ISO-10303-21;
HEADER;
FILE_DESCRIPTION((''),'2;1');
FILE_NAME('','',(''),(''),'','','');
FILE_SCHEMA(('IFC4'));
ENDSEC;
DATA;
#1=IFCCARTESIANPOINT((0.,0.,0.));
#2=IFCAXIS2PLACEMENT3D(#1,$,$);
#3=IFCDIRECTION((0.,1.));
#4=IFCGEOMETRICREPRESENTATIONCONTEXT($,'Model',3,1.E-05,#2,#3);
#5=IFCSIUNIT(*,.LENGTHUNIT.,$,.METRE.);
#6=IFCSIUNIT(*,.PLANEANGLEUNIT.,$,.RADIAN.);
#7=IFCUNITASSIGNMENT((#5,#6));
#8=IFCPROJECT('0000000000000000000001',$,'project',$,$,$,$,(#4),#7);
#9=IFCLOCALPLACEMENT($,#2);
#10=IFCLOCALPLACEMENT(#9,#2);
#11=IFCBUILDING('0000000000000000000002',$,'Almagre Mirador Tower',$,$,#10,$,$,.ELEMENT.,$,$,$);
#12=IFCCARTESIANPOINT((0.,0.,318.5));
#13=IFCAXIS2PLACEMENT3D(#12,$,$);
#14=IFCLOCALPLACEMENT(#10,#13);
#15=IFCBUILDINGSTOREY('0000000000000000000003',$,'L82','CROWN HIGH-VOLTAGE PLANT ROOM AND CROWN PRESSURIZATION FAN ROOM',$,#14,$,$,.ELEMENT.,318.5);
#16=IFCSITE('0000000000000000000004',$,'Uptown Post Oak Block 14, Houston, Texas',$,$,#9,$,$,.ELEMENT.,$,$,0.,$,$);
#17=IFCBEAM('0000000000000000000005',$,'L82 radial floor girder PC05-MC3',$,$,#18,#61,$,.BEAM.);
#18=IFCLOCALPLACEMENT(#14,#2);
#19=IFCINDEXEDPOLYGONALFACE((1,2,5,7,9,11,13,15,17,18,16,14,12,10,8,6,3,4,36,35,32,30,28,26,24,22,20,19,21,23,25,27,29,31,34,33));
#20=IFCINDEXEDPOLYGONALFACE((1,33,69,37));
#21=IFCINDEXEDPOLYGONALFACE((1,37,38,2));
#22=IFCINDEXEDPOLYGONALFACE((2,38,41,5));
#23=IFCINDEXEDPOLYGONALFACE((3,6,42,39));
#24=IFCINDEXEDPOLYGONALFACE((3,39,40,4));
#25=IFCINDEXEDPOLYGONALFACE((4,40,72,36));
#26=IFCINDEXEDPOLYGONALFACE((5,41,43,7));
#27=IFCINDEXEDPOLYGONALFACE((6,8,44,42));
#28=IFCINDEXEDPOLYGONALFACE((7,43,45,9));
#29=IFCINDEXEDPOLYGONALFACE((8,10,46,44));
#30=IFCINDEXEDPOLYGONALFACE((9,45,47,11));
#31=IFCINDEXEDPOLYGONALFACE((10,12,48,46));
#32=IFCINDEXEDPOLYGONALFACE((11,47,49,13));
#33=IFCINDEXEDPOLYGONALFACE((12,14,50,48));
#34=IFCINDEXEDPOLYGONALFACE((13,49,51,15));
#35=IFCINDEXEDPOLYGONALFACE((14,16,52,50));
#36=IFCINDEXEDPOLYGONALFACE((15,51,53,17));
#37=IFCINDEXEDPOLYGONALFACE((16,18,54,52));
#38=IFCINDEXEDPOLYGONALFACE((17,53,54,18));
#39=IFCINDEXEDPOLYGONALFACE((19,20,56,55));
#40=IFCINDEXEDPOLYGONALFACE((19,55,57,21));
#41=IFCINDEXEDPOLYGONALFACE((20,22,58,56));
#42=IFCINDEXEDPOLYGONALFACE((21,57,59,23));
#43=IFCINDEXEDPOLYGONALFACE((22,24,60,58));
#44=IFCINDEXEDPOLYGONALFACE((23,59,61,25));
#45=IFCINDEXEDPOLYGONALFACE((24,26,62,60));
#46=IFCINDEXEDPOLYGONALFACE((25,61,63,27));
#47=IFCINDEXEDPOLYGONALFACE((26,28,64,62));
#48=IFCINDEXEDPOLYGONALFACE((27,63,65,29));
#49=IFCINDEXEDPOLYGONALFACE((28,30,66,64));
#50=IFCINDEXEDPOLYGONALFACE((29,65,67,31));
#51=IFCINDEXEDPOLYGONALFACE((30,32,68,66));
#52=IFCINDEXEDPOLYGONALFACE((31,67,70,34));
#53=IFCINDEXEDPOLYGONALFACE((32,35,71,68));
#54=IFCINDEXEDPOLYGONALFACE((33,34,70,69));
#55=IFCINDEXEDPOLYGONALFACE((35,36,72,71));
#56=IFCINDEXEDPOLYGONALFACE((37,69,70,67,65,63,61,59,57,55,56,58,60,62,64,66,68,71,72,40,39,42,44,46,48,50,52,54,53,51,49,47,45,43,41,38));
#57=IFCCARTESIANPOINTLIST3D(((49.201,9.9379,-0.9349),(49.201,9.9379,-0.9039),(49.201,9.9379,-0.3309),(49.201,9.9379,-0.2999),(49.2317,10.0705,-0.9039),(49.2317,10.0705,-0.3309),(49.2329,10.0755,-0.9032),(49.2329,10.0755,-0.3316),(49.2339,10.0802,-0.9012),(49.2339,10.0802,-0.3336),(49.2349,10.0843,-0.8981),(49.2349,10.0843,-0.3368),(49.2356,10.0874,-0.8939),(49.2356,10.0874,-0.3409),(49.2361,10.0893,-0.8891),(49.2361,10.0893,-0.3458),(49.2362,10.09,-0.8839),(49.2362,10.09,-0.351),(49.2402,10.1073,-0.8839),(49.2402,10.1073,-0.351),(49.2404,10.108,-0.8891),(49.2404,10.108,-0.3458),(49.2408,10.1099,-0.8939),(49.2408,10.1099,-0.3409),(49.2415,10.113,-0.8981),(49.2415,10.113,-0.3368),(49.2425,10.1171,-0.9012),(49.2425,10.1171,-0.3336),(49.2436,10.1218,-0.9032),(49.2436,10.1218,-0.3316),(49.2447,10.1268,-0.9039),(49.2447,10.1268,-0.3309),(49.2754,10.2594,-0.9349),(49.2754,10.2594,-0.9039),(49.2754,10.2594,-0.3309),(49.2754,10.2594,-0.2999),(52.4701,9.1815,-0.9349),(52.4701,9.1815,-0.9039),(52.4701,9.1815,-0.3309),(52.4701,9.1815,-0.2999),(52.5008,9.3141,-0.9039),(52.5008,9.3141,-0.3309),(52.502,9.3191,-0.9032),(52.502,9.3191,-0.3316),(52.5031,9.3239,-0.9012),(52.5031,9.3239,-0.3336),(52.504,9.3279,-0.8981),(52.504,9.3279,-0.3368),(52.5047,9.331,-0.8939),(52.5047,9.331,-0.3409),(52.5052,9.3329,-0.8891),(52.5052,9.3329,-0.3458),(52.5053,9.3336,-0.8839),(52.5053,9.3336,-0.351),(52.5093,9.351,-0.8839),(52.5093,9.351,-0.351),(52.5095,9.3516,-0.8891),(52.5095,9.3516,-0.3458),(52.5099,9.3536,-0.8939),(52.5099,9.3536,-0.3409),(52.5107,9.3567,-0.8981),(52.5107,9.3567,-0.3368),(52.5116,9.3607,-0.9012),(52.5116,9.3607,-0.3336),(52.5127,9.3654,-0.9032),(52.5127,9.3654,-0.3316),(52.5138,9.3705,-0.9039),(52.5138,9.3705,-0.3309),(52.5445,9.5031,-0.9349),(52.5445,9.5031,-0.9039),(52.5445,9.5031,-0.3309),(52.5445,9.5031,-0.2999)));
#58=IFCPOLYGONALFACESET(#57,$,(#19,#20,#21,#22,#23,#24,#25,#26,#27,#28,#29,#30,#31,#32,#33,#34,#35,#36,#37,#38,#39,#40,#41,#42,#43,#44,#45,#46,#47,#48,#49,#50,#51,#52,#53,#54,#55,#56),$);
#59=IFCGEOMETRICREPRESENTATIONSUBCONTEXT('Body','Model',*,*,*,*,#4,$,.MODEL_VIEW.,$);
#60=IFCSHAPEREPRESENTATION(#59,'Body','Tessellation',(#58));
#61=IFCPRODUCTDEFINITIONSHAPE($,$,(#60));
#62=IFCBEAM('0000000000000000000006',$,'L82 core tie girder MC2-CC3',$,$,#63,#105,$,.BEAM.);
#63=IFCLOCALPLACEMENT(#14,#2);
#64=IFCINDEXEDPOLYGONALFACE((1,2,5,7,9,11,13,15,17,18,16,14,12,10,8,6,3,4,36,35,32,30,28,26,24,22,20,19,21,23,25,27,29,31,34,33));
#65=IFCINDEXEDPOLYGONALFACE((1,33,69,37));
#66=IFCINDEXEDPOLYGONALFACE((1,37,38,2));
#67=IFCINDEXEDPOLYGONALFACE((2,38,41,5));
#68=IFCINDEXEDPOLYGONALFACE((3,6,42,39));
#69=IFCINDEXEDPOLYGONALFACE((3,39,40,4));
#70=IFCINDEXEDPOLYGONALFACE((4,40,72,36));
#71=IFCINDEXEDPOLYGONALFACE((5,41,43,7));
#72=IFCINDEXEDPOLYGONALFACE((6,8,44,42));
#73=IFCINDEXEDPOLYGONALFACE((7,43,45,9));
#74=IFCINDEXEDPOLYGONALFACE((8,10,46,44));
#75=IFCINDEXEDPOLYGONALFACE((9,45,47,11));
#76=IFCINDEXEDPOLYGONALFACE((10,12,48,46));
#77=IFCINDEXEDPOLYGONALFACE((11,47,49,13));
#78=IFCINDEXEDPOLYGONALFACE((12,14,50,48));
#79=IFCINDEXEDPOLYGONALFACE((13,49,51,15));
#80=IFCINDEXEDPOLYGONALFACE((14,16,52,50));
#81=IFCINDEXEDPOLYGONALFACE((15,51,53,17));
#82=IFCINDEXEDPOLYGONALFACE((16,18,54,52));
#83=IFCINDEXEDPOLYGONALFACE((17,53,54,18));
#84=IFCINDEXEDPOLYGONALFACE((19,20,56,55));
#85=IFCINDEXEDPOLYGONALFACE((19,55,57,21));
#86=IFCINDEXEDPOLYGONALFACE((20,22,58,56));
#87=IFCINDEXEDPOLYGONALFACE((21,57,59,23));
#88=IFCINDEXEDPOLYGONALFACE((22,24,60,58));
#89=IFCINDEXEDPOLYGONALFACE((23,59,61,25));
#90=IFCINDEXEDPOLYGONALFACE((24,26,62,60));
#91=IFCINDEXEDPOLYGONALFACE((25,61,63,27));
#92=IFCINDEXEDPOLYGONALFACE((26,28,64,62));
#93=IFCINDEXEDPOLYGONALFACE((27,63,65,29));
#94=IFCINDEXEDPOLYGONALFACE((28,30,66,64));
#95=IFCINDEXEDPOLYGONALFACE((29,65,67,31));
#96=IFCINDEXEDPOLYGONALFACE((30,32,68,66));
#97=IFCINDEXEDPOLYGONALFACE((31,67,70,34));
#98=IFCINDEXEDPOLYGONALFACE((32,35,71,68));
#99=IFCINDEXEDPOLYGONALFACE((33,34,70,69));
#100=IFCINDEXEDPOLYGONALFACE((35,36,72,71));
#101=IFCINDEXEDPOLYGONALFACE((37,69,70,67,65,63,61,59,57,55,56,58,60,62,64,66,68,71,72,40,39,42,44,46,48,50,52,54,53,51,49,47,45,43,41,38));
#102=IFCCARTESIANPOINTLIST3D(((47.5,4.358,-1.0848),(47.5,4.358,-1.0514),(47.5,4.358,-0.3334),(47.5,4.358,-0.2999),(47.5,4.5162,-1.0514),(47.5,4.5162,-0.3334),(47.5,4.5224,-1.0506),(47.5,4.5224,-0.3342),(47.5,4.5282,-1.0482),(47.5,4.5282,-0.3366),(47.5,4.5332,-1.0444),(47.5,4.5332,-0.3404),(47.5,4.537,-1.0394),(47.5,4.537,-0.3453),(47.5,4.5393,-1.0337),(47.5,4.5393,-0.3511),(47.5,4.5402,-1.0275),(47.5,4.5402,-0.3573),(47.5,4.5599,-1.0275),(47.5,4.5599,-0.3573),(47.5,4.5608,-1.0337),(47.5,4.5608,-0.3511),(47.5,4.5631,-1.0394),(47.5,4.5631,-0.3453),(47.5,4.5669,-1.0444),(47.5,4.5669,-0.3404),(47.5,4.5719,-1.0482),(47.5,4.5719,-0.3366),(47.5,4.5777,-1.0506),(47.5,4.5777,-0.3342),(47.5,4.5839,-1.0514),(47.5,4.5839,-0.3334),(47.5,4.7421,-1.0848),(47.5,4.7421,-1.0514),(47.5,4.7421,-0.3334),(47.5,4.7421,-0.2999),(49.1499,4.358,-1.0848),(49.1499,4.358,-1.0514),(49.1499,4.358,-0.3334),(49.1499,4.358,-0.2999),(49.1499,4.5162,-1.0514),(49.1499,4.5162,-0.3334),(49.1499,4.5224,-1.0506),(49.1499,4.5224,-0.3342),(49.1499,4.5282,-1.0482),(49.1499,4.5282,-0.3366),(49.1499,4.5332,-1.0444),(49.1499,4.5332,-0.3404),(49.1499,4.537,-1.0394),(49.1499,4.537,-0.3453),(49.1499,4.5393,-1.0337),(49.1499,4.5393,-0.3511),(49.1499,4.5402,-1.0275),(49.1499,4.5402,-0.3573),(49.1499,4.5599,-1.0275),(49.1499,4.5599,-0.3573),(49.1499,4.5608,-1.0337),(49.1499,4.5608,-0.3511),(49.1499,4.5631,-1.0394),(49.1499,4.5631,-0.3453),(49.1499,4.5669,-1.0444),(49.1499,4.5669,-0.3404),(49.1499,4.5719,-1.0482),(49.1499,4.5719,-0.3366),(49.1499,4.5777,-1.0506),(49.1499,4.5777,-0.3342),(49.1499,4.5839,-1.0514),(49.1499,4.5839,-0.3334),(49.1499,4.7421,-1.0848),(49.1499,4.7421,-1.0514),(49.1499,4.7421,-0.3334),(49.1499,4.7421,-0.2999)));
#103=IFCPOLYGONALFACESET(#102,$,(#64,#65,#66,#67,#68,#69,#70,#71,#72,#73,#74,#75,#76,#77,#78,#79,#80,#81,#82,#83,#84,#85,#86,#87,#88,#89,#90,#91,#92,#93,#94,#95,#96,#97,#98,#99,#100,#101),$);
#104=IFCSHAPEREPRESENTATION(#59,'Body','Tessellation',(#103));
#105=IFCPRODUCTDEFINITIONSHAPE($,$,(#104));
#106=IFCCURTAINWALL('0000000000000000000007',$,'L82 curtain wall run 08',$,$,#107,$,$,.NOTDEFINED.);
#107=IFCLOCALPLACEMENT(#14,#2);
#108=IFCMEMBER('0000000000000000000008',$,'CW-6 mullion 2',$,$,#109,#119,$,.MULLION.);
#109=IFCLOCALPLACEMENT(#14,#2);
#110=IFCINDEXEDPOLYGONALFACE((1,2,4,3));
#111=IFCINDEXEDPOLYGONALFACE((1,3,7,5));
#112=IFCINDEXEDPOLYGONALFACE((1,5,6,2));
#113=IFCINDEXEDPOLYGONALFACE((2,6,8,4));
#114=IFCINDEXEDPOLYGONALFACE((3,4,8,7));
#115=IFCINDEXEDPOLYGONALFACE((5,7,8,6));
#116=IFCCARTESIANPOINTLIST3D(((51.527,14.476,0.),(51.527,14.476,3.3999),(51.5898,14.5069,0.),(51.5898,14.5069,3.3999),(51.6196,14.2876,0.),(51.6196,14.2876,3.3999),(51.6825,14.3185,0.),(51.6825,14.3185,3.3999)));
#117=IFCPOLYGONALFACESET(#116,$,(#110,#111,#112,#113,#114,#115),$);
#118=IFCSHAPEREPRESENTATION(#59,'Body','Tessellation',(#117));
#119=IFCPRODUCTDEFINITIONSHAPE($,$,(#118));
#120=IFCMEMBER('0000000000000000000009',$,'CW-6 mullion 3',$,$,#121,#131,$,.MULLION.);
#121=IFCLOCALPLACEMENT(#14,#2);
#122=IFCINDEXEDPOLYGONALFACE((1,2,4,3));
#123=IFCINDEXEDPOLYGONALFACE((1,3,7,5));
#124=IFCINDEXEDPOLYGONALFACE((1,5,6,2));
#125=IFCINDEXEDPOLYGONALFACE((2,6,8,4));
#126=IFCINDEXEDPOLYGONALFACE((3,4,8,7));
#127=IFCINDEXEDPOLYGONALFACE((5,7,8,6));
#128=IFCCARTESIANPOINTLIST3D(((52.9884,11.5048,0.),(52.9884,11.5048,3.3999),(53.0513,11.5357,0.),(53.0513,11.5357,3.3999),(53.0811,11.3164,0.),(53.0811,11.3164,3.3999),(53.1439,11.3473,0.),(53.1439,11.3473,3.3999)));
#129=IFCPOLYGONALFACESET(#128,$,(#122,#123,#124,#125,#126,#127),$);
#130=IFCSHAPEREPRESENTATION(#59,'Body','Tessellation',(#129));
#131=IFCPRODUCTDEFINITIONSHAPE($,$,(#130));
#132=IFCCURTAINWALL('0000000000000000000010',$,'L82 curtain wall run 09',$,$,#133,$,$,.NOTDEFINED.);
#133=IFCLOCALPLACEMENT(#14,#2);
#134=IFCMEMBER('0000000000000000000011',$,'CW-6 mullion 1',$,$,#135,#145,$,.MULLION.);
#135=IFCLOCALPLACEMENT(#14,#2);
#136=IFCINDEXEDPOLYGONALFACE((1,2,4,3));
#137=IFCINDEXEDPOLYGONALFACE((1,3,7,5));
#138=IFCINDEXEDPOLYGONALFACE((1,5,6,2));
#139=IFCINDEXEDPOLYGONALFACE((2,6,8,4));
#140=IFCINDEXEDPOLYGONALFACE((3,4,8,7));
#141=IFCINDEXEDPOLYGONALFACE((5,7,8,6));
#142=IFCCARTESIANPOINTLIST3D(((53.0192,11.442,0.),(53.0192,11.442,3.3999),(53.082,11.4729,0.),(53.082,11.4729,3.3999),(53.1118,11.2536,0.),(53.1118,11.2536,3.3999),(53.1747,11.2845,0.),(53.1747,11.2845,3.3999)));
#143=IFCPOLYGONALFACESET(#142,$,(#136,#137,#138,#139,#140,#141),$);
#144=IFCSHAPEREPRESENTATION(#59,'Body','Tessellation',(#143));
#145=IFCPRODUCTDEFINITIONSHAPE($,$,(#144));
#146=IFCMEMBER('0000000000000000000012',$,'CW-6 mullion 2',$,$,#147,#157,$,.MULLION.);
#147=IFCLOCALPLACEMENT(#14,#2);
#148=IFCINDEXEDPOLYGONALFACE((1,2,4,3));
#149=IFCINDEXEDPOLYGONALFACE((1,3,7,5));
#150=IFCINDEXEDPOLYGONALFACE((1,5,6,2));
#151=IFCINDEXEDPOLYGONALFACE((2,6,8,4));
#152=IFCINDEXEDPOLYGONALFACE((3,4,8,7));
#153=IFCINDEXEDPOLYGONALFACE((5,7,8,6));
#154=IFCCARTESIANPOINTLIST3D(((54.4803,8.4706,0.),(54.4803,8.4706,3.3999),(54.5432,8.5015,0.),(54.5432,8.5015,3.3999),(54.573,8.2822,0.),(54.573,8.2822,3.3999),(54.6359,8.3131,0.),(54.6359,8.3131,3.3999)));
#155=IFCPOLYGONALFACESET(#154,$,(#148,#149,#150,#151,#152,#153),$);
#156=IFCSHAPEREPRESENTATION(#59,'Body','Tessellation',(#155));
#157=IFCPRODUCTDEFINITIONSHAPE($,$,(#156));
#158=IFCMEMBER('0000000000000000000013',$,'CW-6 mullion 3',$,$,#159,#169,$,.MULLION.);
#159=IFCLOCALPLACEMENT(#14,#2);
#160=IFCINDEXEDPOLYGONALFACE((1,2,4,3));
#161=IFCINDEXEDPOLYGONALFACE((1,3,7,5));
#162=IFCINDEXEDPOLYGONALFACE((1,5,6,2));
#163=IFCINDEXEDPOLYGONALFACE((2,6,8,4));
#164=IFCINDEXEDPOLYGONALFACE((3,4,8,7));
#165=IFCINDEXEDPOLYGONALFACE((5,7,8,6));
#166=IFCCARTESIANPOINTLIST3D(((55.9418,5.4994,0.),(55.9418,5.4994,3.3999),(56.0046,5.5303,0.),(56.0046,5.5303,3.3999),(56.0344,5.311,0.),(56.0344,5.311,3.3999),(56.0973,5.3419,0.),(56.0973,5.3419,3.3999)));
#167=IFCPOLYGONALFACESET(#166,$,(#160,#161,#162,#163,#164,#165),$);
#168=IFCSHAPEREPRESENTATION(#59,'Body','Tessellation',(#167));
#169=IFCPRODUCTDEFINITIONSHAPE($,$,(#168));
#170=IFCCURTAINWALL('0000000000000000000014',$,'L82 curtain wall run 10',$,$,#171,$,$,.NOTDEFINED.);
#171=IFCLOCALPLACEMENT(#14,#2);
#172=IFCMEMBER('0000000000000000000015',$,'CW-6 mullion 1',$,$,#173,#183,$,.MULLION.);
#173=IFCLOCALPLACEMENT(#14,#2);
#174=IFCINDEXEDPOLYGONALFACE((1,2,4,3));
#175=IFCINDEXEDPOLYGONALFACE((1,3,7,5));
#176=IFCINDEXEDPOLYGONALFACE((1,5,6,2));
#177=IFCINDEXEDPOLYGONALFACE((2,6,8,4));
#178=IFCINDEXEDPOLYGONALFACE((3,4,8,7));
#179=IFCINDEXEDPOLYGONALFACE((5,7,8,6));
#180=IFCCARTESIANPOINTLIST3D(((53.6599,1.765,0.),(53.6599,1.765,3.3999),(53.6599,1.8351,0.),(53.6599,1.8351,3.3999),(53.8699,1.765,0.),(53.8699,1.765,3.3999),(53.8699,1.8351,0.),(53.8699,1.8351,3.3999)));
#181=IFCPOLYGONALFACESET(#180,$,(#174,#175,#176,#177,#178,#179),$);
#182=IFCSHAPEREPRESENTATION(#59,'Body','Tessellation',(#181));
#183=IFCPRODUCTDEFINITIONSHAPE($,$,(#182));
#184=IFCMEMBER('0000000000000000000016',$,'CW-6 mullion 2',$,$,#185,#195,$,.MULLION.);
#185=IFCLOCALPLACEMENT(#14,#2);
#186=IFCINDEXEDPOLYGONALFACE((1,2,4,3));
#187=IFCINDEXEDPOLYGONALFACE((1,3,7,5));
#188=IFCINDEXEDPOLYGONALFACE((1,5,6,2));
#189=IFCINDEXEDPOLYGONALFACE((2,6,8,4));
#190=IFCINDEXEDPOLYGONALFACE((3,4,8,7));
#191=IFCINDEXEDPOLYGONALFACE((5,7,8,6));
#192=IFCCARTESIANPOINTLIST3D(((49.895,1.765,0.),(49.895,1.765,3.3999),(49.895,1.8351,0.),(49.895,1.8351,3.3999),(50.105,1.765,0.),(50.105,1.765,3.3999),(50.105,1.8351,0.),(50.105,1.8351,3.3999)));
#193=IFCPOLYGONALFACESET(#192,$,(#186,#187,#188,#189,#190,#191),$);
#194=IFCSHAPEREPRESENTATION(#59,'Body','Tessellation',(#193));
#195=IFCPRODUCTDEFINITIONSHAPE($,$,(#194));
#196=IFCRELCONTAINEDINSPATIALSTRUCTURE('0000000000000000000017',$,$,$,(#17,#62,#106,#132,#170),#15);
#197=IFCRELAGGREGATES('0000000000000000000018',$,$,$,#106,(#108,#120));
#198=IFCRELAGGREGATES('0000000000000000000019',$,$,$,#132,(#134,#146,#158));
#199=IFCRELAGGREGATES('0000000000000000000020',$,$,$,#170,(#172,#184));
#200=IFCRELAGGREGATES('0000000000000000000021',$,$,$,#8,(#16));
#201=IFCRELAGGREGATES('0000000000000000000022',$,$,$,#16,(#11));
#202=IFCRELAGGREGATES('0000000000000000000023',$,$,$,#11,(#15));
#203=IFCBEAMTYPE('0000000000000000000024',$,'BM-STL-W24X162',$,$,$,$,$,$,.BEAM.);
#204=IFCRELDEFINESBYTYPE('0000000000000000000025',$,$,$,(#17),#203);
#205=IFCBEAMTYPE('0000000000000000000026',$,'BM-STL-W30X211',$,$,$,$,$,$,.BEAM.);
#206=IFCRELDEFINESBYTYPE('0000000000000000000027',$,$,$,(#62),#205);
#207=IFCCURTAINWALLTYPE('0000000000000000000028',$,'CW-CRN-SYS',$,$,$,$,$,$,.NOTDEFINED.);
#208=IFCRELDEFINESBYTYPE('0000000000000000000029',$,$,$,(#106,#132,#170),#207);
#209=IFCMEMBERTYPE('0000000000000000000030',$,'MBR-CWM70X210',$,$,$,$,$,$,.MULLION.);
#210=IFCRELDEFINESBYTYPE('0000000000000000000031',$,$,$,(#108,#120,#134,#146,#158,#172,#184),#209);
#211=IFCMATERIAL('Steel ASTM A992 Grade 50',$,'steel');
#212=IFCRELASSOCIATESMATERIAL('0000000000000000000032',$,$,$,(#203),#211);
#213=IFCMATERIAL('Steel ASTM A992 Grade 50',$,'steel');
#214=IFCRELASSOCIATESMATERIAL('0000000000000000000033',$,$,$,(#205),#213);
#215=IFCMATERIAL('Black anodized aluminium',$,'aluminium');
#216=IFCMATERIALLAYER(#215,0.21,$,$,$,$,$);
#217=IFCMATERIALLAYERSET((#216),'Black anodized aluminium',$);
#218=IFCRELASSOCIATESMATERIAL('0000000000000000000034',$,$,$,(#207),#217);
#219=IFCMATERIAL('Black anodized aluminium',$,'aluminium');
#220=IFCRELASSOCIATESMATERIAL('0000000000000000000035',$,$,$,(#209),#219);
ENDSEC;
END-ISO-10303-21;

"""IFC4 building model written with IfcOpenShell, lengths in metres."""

from ifc_helpers import new_model, si_unit, direction, frame, origin, origin_2d, place, context, subcontext, project, spatial, rectangle, i_section, extrude, material, layer, layer_set, material_profile, profile_set, type_object, element, aggregate, save


model = new_model("IFC4")

# Units and contexts
model_context = context("Model", 3, precision=1e-05, world=origin(), true_north=direction((0.0, 1.0)))
body_context = subcontext(model_context, "Body", "Model", "MODEL_VIEW")
ifc_project = project(units=[si_unit("LENGTHUNIT", "METRE"), si_unit("PLANEANGLEUNIT", "RADIAN")], contexts=[model_context])

# Site, building, storey
site_placement = place(None, origin())
site = spatial("IfcSite", under=ifc_project, at=site_placement, Name="Uptown Post Oak Block 14, Houston, Texas", CompositionType="ELEMENT", RefElevation=0.0)
building_placement = place(site_placement, origin())
building = spatial("IfcBuilding", under=site, at=building_placement, Name="Almagre Mirador Tower", CompositionType="ELEMENT")
storey_placement = place(building_placement, frame((0.0, 0.0, 318.5)))
storey = spatial("IfcBuildingStorey", under=building, at=storey_placement, Name="L82", Description="CROWN HIGH-VOLTAGE PLANT ROOM AND CROWN PRESSURIZATION FAN ROOM", CompositionType="ELEMENT", Elevation=318.5)

# Beams
ifc_material_1 = material(Name="Steel ASTM A992 Grade 50", Category="steel")
ifc_material_profile_1 = material_profile(ifc_material_1, i_section(OverallWidth=0.3301, OverallDepth=0.635, WebThickness=0.0178, FlangeThickness=0.031, FilletRadius=0.02, at=origin_2d()), Name="W24X162")
ifc_profile_set_1 = profile_set([ifc_material_profile_1], Name="Steel ASTM A992 Grade 50")
beam_type_1 = type_object("IfcBeamType", Name="BM-STL-W24X162", PredefinedType="BEAM", material=ifc_profile_set_1)
beam_1_placement = place(storey_placement, frame((52.5073, 9.3423, -0.6174), z_axis=(-0.974264, 0.225412, 0.0), x_axis=(-0.225412, -0.974264, 0.0)))
element("IfcBeam", 1, at=beam_1_placement, inside=storey, type_object=beam_type_1, Name="L82 radial floor girder PC05-MC3", PredefinedType="BEAM", context=body_context, shape_type="SweptSolid", body=[
    extrude(i_section(OverallWidth=0.3301, OverallDepth=0.635, WebThickness=0.0178, FlangeThickness=0.031, FilletRadius=0.02, at=origin_2d()), origin(), (0.0, 0.0, 1.0), 3.3555),
])
ifc_material_2 = material(Name="Steel ASTM A992 Grade 50", Category="steel")
ifc_material_profile_2 = material_profile(ifc_material_2, i_section(OverallWidth=0.384, OverallDepth=0.7849, WebThickness=0.0198, FlangeThickness=0.0334, FilletRadius=0.0239, at=origin_2d()), Name="W30X211")
ifc_profile_set_2 = profile_set([ifc_material_profile_2], Name="Steel ASTM A992 Grade 50")
beam_type_2 = type_object("IfcBeamType", Name="BM-STL-W30X211", PredefinedType="BEAM", material=ifc_profile_set_2)
beam_2_placement = place(storey_placement, frame((49.1499, 4.55, -0.6924), z_axis=(-1.0, 0.0, 0.0), x_axis=(0.0, -1.0, 0.0)))
element("IfcBeam", 2, at=beam_2_placement, inside=storey, type_object=beam_type_2, Name="L82 core tie girder MC2-CC3", PredefinedType="BEAM", context=body_context, shape_type="SweptSolid", body=[
    extrude(i_section(OverallWidth=0.384, OverallDepth=0.7849, WebThickness=0.0198, FlangeThickness=0.0334, FilletRadius=0.0239, at=origin_2d()), origin(), (0.0, 0.0, 1.0), 1.6499),
])

# Curtain walls, members
ifc_material_3 = material(Name="Black anodized aluminium", Category="aluminium")
ifc_layer_1 = layer(ifc_material_3, 0.21)
ifc_layer_set_1 = layer_set([ifc_layer_1], Name="Black anodized aluminium")
curtain_wall_type = type_object("IfcCurtainWallType", Name="CW-CRN-SYS", PredefinedType="NOTDEFINED", material=ifc_layer_set_1)
curtain_wall_1_placement = place(storey_placement, origin())
curtain_wall_1 = element("IfcCurtainWall", 3, at=curtain_wall_1_placement, inside=storey, type_object=curtain_wall_type, Name="L82 curtain wall run 08", PredefinedType="NOTDEFINED")
ifc_material_4 = material(Name="Black anodized aluminium", Category="aluminium")
ifc_material_profile_3 = material_profile(ifc_material_4, rectangle(XDim=0.0701, YDim=0.21, at=origin_2d()), Name="CWM70X210")
ifc_profile_set_3 = profile_set([ifc_material_profile_3], Name="Black anodized aluminium")
member_type_1 = type_object("IfcMemberType", Name="MBR-CWM70X210", PredefinedType="MULLION", material=ifc_profile_set_3)
member_1_placement = place(storey_placement, frame((51.6047, 14.3972, 0.0), z_axis=(0.0, 0.0, 1.0), x_axis=(0.897354, 0.441311, 0.0)))
member_1 = element("IfcMember", 4, at=member_1_placement, type_object=member_type_1, Name="CW-6 mullion 2", PredefinedType="MULLION", context=body_context, shape_type="SweptSolid", body=[
    extrude(rectangle(XDim=0.0701, YDim=0.21, at=origin_2d()), origin(), (0.0, 0.0, 1.0), 3.3999),
])
member_2_placement = place(storey_placement, frame((53.0662, 11.426, 0.0), z_axis=(0.0, 0.0, 1.0), x_axis=(0.897354, 0.441311, 0.0)))
member_2 = element("IfcMember", 5, at=member_2_placement, type_object=member_type_1, Name="CW-6 mullion 3", PredefinedType="MULLION", context=body_context, shape_type="SweptSolid", body=[
    extrude(rectangle(XDim=0.0701, YDim=0.21, at=origin_2d()), origin(), (0.0, 0.0, 1.0), 3.3999),
])
curtain_wall_2_placement = place(storey_placement, origin())
curtain_wall_2 = element("IfcCurtainWall", 6, at=curtain_wall_2_placement, inside=storey, type_object=curtain_wall_type, Name="L82 curtain wall run 09", PredefinedType="NOTDEFINED")
member_3_placement = place(storey_placement, frame((53.0969, 11.3633, 0.0), z_axis=(0.0, 0.0, 1.0), x_axis=(0.897354, 0.441311, 0.0)))
member_3 = element("IfcMember", 7, at=member_3_placement, type_object=member_type_1, Name="CW-6 mullion 1", PredefinedType="MULLION", context=body_context, shape_type="SweptSolid", body=[
    extrude(rectangle(XDim=0.0701, YDim=0.21, at=origin_2d()), origin(), (0.0, 0.0, 1.0), 3.3999),
])
member_4_placement = place(storey_placement, frame((54.5581, 8.3918, 0.0), z_axis=(0.0, 0.0, 1.0), x_axis=(0.897354, 0.441311, 0.0)))
member_4 = element("IfcMember", 8, at=member_4_placement, type_object=member_type_1, Name="CW-6 mullion 2", PredefinedType="MULLION", context=body_context, shape_type="SweptSolid", body=[
    extrude(rectangle(XDim=0.0701, YDim=0.21, at=origin_2d()), origin(), (0.0, 0.0, 1.0), 3.3999),
])
member_5_placement = place(storey_placement, frame((56.0195, 5.4207, 0.0), z_axis=(0.0, 0.0, 1.0), x_axis=(0.897354, 0.441311, 0.0)))
member_5 = element("IfcMember", 9, at=member_5_placement, type_object=member_type_1, Name="CW-6 mullion 3", PredefinedType="MULLION", context=body_context, shape_type="SweptSolid", body=[
    extrude(rectangle(XDim=0.0701, YDim=0.21, at=origin_2d()), origin(), (0.0, 0.0, 1.0), 3.3999),
])
curtain_wall_3_placement = place(storey_placement, origin())
curtain_wall_3 = element("IfcCurtainWall", 10, at=curtain_wall_3_placement, inside=storey, type_object=curtain_wall_type, Name="L82 curtain wall run 10", PredefinedType="NOTDEFINED")
member_6_placement = place(storey_placement, frame((53.7649, 1.8, 0.0), z_axis=(0.0, 0.0, 1.0), x_axis=(0.0, -1.0, 0.0)))
member_6 = element("IfcMember", 11, at=member_6_placement, type_object=member_type_1, Name="CW-6 mullion 1", PredefinedType="MULLION", context=body_context, shape_type="SweptSolid", body=[
    extrude(rectangle(XDim=0.0701, YDim=0.21, at=origin_2d()), origin(), (0.0, 0.0, 1.0), 3.3999),
])
member_7_placement = place(storey_placement, frame((50.0, 1.8, 0.0), z_axis=(0.0, 0.0, 1.0), x_axis=(0.0, -1.0, 0.0)))
member_7 = element("IfcMember", 12, at=member_7_placement, type_object=member_type_1, Name="CW-6 mullion 2", PredefinedType="MULLION", context=body_context, shape_type="SweptSolid", body=[
    extrude(rectangle(XDim=0.0701, YDim=0.21, at=origin_2d()), origin(), (0.0, 0.0, 1.0), 3.3999),
])

aggregate(curtain_wall_1, [member_1, member_2])
aggregate(curtain_wall_2, [member_3, member_4, member_5])
aggregate(curtain_wall_3, [member_6, member_7])

save(model, "model.ifc")
